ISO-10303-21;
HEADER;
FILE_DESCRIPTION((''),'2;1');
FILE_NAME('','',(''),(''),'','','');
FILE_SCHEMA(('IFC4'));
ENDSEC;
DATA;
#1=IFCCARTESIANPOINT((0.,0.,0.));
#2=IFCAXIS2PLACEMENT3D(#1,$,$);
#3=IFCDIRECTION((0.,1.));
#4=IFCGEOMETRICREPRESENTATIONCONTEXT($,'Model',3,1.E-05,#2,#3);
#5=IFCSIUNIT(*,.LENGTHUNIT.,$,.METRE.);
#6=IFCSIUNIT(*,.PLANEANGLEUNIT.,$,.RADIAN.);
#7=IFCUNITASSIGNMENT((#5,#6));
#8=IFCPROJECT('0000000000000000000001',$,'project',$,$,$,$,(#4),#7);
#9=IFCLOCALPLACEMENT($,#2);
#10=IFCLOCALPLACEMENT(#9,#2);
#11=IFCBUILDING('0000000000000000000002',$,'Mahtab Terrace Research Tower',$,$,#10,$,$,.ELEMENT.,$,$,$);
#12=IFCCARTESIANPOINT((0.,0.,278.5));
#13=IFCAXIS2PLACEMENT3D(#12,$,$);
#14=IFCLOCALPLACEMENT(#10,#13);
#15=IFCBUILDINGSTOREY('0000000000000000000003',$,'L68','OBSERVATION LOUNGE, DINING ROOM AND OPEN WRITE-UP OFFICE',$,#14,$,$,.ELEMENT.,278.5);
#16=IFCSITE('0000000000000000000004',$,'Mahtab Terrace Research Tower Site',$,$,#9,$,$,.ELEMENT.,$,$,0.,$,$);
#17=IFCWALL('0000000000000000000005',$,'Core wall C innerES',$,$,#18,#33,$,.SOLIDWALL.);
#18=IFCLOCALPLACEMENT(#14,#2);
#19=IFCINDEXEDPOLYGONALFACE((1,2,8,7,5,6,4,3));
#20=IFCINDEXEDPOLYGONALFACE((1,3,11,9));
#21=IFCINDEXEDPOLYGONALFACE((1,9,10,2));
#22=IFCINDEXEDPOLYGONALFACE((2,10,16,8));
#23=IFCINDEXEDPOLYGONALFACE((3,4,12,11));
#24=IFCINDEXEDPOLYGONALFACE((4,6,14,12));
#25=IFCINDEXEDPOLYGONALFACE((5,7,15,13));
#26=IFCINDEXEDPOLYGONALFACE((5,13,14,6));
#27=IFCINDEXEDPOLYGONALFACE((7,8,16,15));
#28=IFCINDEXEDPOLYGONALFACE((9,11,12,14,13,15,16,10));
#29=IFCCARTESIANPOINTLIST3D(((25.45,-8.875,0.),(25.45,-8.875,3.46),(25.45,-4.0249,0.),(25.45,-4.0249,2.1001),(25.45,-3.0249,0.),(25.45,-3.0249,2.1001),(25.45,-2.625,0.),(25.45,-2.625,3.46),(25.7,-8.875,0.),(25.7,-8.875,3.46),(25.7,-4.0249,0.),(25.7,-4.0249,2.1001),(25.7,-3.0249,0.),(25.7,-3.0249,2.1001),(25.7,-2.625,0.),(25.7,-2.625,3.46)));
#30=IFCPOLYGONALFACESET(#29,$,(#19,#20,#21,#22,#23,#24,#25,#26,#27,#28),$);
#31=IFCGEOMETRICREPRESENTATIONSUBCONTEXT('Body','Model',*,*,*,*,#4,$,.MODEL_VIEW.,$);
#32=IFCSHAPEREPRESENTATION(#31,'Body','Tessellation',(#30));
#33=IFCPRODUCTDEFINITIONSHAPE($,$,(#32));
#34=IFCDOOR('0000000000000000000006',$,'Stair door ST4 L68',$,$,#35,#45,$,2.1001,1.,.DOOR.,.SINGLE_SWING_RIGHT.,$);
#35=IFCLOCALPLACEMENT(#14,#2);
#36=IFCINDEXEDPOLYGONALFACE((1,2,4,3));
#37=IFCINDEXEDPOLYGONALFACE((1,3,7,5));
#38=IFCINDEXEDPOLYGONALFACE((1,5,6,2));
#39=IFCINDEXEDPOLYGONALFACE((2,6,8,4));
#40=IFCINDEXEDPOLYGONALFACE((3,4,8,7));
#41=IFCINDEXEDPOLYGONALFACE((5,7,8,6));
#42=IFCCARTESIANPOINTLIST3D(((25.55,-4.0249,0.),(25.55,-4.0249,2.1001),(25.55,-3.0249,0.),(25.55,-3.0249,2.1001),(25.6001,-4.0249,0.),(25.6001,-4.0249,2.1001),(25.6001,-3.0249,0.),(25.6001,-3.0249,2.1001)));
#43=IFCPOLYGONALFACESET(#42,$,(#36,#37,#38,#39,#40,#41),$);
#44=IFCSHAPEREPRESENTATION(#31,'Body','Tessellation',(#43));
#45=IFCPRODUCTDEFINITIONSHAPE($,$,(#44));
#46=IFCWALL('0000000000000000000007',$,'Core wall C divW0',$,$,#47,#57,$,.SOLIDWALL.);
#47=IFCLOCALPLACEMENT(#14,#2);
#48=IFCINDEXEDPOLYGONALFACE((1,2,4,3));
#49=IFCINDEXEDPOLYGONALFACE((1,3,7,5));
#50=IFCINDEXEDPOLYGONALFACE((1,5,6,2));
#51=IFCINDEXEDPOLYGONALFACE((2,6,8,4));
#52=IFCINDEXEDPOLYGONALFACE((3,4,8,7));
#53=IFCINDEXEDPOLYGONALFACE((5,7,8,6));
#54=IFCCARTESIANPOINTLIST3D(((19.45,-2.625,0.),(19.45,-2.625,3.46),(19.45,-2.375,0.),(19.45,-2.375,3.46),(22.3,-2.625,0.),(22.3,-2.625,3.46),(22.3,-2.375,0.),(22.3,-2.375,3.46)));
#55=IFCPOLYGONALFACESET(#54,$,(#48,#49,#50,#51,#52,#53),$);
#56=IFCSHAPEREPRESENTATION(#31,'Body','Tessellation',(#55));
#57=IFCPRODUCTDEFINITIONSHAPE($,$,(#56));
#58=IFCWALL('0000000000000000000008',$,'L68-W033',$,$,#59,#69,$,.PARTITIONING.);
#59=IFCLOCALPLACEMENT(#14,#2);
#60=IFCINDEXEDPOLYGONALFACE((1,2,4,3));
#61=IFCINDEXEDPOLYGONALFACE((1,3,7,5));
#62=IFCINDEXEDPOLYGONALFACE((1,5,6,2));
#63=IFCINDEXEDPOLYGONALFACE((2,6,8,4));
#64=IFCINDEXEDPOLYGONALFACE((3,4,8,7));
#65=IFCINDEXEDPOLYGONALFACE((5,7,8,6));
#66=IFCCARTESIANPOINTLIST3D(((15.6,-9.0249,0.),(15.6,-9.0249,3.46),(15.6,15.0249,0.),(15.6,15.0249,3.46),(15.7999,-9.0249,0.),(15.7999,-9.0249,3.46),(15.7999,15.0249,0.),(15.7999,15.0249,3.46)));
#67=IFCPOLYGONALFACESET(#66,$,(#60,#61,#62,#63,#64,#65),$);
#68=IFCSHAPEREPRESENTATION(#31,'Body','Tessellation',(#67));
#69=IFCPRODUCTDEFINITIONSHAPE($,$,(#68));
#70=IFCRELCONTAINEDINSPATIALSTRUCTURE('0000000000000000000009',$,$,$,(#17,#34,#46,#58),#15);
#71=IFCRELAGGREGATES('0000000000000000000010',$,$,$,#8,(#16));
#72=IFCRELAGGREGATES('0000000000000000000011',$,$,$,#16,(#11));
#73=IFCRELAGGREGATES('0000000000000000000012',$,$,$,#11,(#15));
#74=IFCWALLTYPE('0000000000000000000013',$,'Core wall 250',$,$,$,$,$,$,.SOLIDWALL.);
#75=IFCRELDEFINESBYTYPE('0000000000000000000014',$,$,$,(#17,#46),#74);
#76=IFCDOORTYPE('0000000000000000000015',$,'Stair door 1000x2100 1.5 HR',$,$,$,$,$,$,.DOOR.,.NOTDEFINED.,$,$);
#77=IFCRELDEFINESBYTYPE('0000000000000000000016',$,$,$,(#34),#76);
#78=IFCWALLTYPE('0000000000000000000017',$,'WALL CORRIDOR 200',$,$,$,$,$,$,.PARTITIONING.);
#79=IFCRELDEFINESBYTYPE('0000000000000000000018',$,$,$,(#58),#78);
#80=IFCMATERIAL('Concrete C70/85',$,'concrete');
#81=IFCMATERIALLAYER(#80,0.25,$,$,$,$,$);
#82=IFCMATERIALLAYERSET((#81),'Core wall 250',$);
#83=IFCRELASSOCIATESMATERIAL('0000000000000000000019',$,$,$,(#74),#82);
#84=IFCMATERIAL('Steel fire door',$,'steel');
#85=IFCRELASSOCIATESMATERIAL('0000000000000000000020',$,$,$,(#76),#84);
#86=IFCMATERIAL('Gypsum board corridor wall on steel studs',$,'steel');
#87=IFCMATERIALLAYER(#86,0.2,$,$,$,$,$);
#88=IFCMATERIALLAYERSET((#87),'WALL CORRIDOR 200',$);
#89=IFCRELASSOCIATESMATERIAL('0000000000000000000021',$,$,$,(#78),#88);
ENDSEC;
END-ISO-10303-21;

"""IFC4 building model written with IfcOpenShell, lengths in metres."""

from ifc_helpers import new_model, si_unit, direction, frame, frame_2d, origin, place, context, subcontext, project, spatial, rectangle, extrude, material, layer, layer_set, type_object, element, fill, save


model = new_model("IFC4")

# Units and contexts
model_context = context("Model", 3, precision=1e-05, world=origin(), true_north=direction((0.0, 1.0)))
body_context = subcontext(model_context, "Body", "Model", "MODEL_VIEW")
ifc_project = project(units=[si_unit("LENGTHUNIT", "METRE"), si_unit("PLANEANGLEUNIT", "RADIAN")], contexts=[model_context])

# Site, building, storey
site_placement = place(None, origin())
site = spatial("IfcSite", under=ifc_project, at=site_placement, Name="Mahtab Terrace Research Tower Site", CompositionType="ELEMENT", RefElevation=0.0)
building_placement = place(site_placement, origin())
building = spatial("IfcBuilding", under=site, at=building_placement, Name="Mahtab Terrace Research Tower", CompositionType="ELEMENT")
storey_placement = place(building_placement, frame((0.0, 0.0, 278.5)))
storey = spatial("IfcBuildingStorey", under=building, at=storey_placement, Name="L68", Description="OBSERVATION LOUNGE, DINING ROOM AND OPEN WRITE-UP OFFICE", CompositionType="ELEMENT", Elevation=278.5)

# Shared definitions
ifc_material_1 = material(Name="Concrete C70/85", Category="concrete")

# Shared definitions
ifc_layer_1 = layer(ifc_material_1, 0.25)
ifc_layer_set_1 = layer_set([ifc_layer_1], Name="Core wall 250")
wall_type_1 = type_object("IfcWallType", Name="Core wall 250", PredefinedType="SOLIDWALL", material=ifc_layer_set_1)
ifc_material_2 = material(Name="Steel fire door", Category="steel")

# Wall, opening, door
wall_1_placement = place(storey_placement, frame((25.575, -8.875, 0.0), z_axis=(0.0, 0.0, 1.0), x_axis=(0.0, 1.0, 0.0)))
wall_1 = element("IfcWall", 1, at=wall_1_placement, inside=storey, type_object=wall_type_1, Name="Core wall C innerES", PredefinedType="SOLIDWALL", context=body_context, shape_type="SweptSolid", body=[
    extrude(rectangle(XDim=6.25, YDim=0.25, at=frame_2d((3.125, 0.0))), origin(), (0.0, 0.0, 1.0), 3.46),
])
opening_1_placement = place(wall_1_placement, frame((4.8501, 0.0, 0.0)))
opening_1 = element("IfcOpeningElement", 2, at=opening_1_placement, cuts=wall_1, PredefinedType="OPENING", context=body_context, shape_type="SweptSolid", body=[
    extrude(rectangle(XDim=1.0, YDim=2.1001, at=frame_2d((0.5, 1.05))), frame((0.0, 0.135, 0.0), z_axis=(0.0, -1.0, 0.0), x_axis=(1.0, 0.0, 0.0)), (0.0, 0.0, 1.0), 0.27),
])
door_type_1 = type_object("IfcDoorType", Name="Stair door 1000x2100 1.5 HR", OperationType="NOTDEFINED", PredefinedType="DOOR", material=ifc_material_2)
door_1_placement = place(opening_1_placement, origin())
door_1 = element("IfcDoor", 3, at=door_1_placement, inside=storey, type_object=door_type_1, Name="Stair door ST4 L68", OperationType="SINGLE_SWING_RIGHT", OverallHeight=2.1001, OverallWidth=1.0, PredefinedType="DOOR", context=body_context, shape_type="SweptSolid", body=[
    extrude(rectangle(XDim=1.0, YDim=2.1001, at=frame_2d((0.5, 1.05))), frame((0.0, 0.0249, 0.0), z_axis=(0.0, -1.0, 0.0), x_axis=(1.0, 0.0, 0.0)), (0.0, 0.0, 1.0), 0.05),
])
fill(opening_1, door_1)

# Walls
wall_2_placement = place(storey_placement, frame((19.45, -2.5, 0.0), z_axis=(0.0, 0.0, 1.0), x_axis=(1.0, 0.0, 0.0)))
element("IfcWall", 4, at=wall_2_placement, inside=storey, type_object=wall_type_1, Name="Core wall C divW0", PredefinedType="SOLIDWALL", context=body_context, shape_type="SweptSolid", body=[
    extrude(rectangle(XDim=2.8501, YDim=0.25, at=frame_2d((1.425, 0.0))), origin(), (0.0, 0.0, 1.0), 3.46),
])
ifc_material_3 = material(Name="Gypsum board corridor wall on steel studs", Category="steel")
ifc_layer_2 = layer(ifc_material_3, 0.2)
ifc_layer_set_2 = layer_set([ifc_layer_2], Name="WALL CORRIDOR 200")
wall_type_2 = type_object("IfcWallType", Name="WALL CORRIDOR 200", PredefinedType="PARTITIONING", material=ifc_layer_set_2)
wall_3_placement = place(storey_placement, frame((15.7, -9.0249, 0.0), z_axis=(0.0, 0.0, 1.0), x_axis=(0.0, 1.0, 0.0)))
element("IfcWall", 5, at=wall_3_placement, inside=storey, type_object=wall_type_2, Name="L68-W033", PredefinedType="PARTITIONING", context=body_context, shape_type="SweptSolid", body=[
    extrude(rectangle(XDim=24.0498, YDim=0.2, at=frame_2d((12.0249, 0.0))), origin(), (0.0, 0.0, 1.0), 3.46),
])

save(model, "model.ifc")
